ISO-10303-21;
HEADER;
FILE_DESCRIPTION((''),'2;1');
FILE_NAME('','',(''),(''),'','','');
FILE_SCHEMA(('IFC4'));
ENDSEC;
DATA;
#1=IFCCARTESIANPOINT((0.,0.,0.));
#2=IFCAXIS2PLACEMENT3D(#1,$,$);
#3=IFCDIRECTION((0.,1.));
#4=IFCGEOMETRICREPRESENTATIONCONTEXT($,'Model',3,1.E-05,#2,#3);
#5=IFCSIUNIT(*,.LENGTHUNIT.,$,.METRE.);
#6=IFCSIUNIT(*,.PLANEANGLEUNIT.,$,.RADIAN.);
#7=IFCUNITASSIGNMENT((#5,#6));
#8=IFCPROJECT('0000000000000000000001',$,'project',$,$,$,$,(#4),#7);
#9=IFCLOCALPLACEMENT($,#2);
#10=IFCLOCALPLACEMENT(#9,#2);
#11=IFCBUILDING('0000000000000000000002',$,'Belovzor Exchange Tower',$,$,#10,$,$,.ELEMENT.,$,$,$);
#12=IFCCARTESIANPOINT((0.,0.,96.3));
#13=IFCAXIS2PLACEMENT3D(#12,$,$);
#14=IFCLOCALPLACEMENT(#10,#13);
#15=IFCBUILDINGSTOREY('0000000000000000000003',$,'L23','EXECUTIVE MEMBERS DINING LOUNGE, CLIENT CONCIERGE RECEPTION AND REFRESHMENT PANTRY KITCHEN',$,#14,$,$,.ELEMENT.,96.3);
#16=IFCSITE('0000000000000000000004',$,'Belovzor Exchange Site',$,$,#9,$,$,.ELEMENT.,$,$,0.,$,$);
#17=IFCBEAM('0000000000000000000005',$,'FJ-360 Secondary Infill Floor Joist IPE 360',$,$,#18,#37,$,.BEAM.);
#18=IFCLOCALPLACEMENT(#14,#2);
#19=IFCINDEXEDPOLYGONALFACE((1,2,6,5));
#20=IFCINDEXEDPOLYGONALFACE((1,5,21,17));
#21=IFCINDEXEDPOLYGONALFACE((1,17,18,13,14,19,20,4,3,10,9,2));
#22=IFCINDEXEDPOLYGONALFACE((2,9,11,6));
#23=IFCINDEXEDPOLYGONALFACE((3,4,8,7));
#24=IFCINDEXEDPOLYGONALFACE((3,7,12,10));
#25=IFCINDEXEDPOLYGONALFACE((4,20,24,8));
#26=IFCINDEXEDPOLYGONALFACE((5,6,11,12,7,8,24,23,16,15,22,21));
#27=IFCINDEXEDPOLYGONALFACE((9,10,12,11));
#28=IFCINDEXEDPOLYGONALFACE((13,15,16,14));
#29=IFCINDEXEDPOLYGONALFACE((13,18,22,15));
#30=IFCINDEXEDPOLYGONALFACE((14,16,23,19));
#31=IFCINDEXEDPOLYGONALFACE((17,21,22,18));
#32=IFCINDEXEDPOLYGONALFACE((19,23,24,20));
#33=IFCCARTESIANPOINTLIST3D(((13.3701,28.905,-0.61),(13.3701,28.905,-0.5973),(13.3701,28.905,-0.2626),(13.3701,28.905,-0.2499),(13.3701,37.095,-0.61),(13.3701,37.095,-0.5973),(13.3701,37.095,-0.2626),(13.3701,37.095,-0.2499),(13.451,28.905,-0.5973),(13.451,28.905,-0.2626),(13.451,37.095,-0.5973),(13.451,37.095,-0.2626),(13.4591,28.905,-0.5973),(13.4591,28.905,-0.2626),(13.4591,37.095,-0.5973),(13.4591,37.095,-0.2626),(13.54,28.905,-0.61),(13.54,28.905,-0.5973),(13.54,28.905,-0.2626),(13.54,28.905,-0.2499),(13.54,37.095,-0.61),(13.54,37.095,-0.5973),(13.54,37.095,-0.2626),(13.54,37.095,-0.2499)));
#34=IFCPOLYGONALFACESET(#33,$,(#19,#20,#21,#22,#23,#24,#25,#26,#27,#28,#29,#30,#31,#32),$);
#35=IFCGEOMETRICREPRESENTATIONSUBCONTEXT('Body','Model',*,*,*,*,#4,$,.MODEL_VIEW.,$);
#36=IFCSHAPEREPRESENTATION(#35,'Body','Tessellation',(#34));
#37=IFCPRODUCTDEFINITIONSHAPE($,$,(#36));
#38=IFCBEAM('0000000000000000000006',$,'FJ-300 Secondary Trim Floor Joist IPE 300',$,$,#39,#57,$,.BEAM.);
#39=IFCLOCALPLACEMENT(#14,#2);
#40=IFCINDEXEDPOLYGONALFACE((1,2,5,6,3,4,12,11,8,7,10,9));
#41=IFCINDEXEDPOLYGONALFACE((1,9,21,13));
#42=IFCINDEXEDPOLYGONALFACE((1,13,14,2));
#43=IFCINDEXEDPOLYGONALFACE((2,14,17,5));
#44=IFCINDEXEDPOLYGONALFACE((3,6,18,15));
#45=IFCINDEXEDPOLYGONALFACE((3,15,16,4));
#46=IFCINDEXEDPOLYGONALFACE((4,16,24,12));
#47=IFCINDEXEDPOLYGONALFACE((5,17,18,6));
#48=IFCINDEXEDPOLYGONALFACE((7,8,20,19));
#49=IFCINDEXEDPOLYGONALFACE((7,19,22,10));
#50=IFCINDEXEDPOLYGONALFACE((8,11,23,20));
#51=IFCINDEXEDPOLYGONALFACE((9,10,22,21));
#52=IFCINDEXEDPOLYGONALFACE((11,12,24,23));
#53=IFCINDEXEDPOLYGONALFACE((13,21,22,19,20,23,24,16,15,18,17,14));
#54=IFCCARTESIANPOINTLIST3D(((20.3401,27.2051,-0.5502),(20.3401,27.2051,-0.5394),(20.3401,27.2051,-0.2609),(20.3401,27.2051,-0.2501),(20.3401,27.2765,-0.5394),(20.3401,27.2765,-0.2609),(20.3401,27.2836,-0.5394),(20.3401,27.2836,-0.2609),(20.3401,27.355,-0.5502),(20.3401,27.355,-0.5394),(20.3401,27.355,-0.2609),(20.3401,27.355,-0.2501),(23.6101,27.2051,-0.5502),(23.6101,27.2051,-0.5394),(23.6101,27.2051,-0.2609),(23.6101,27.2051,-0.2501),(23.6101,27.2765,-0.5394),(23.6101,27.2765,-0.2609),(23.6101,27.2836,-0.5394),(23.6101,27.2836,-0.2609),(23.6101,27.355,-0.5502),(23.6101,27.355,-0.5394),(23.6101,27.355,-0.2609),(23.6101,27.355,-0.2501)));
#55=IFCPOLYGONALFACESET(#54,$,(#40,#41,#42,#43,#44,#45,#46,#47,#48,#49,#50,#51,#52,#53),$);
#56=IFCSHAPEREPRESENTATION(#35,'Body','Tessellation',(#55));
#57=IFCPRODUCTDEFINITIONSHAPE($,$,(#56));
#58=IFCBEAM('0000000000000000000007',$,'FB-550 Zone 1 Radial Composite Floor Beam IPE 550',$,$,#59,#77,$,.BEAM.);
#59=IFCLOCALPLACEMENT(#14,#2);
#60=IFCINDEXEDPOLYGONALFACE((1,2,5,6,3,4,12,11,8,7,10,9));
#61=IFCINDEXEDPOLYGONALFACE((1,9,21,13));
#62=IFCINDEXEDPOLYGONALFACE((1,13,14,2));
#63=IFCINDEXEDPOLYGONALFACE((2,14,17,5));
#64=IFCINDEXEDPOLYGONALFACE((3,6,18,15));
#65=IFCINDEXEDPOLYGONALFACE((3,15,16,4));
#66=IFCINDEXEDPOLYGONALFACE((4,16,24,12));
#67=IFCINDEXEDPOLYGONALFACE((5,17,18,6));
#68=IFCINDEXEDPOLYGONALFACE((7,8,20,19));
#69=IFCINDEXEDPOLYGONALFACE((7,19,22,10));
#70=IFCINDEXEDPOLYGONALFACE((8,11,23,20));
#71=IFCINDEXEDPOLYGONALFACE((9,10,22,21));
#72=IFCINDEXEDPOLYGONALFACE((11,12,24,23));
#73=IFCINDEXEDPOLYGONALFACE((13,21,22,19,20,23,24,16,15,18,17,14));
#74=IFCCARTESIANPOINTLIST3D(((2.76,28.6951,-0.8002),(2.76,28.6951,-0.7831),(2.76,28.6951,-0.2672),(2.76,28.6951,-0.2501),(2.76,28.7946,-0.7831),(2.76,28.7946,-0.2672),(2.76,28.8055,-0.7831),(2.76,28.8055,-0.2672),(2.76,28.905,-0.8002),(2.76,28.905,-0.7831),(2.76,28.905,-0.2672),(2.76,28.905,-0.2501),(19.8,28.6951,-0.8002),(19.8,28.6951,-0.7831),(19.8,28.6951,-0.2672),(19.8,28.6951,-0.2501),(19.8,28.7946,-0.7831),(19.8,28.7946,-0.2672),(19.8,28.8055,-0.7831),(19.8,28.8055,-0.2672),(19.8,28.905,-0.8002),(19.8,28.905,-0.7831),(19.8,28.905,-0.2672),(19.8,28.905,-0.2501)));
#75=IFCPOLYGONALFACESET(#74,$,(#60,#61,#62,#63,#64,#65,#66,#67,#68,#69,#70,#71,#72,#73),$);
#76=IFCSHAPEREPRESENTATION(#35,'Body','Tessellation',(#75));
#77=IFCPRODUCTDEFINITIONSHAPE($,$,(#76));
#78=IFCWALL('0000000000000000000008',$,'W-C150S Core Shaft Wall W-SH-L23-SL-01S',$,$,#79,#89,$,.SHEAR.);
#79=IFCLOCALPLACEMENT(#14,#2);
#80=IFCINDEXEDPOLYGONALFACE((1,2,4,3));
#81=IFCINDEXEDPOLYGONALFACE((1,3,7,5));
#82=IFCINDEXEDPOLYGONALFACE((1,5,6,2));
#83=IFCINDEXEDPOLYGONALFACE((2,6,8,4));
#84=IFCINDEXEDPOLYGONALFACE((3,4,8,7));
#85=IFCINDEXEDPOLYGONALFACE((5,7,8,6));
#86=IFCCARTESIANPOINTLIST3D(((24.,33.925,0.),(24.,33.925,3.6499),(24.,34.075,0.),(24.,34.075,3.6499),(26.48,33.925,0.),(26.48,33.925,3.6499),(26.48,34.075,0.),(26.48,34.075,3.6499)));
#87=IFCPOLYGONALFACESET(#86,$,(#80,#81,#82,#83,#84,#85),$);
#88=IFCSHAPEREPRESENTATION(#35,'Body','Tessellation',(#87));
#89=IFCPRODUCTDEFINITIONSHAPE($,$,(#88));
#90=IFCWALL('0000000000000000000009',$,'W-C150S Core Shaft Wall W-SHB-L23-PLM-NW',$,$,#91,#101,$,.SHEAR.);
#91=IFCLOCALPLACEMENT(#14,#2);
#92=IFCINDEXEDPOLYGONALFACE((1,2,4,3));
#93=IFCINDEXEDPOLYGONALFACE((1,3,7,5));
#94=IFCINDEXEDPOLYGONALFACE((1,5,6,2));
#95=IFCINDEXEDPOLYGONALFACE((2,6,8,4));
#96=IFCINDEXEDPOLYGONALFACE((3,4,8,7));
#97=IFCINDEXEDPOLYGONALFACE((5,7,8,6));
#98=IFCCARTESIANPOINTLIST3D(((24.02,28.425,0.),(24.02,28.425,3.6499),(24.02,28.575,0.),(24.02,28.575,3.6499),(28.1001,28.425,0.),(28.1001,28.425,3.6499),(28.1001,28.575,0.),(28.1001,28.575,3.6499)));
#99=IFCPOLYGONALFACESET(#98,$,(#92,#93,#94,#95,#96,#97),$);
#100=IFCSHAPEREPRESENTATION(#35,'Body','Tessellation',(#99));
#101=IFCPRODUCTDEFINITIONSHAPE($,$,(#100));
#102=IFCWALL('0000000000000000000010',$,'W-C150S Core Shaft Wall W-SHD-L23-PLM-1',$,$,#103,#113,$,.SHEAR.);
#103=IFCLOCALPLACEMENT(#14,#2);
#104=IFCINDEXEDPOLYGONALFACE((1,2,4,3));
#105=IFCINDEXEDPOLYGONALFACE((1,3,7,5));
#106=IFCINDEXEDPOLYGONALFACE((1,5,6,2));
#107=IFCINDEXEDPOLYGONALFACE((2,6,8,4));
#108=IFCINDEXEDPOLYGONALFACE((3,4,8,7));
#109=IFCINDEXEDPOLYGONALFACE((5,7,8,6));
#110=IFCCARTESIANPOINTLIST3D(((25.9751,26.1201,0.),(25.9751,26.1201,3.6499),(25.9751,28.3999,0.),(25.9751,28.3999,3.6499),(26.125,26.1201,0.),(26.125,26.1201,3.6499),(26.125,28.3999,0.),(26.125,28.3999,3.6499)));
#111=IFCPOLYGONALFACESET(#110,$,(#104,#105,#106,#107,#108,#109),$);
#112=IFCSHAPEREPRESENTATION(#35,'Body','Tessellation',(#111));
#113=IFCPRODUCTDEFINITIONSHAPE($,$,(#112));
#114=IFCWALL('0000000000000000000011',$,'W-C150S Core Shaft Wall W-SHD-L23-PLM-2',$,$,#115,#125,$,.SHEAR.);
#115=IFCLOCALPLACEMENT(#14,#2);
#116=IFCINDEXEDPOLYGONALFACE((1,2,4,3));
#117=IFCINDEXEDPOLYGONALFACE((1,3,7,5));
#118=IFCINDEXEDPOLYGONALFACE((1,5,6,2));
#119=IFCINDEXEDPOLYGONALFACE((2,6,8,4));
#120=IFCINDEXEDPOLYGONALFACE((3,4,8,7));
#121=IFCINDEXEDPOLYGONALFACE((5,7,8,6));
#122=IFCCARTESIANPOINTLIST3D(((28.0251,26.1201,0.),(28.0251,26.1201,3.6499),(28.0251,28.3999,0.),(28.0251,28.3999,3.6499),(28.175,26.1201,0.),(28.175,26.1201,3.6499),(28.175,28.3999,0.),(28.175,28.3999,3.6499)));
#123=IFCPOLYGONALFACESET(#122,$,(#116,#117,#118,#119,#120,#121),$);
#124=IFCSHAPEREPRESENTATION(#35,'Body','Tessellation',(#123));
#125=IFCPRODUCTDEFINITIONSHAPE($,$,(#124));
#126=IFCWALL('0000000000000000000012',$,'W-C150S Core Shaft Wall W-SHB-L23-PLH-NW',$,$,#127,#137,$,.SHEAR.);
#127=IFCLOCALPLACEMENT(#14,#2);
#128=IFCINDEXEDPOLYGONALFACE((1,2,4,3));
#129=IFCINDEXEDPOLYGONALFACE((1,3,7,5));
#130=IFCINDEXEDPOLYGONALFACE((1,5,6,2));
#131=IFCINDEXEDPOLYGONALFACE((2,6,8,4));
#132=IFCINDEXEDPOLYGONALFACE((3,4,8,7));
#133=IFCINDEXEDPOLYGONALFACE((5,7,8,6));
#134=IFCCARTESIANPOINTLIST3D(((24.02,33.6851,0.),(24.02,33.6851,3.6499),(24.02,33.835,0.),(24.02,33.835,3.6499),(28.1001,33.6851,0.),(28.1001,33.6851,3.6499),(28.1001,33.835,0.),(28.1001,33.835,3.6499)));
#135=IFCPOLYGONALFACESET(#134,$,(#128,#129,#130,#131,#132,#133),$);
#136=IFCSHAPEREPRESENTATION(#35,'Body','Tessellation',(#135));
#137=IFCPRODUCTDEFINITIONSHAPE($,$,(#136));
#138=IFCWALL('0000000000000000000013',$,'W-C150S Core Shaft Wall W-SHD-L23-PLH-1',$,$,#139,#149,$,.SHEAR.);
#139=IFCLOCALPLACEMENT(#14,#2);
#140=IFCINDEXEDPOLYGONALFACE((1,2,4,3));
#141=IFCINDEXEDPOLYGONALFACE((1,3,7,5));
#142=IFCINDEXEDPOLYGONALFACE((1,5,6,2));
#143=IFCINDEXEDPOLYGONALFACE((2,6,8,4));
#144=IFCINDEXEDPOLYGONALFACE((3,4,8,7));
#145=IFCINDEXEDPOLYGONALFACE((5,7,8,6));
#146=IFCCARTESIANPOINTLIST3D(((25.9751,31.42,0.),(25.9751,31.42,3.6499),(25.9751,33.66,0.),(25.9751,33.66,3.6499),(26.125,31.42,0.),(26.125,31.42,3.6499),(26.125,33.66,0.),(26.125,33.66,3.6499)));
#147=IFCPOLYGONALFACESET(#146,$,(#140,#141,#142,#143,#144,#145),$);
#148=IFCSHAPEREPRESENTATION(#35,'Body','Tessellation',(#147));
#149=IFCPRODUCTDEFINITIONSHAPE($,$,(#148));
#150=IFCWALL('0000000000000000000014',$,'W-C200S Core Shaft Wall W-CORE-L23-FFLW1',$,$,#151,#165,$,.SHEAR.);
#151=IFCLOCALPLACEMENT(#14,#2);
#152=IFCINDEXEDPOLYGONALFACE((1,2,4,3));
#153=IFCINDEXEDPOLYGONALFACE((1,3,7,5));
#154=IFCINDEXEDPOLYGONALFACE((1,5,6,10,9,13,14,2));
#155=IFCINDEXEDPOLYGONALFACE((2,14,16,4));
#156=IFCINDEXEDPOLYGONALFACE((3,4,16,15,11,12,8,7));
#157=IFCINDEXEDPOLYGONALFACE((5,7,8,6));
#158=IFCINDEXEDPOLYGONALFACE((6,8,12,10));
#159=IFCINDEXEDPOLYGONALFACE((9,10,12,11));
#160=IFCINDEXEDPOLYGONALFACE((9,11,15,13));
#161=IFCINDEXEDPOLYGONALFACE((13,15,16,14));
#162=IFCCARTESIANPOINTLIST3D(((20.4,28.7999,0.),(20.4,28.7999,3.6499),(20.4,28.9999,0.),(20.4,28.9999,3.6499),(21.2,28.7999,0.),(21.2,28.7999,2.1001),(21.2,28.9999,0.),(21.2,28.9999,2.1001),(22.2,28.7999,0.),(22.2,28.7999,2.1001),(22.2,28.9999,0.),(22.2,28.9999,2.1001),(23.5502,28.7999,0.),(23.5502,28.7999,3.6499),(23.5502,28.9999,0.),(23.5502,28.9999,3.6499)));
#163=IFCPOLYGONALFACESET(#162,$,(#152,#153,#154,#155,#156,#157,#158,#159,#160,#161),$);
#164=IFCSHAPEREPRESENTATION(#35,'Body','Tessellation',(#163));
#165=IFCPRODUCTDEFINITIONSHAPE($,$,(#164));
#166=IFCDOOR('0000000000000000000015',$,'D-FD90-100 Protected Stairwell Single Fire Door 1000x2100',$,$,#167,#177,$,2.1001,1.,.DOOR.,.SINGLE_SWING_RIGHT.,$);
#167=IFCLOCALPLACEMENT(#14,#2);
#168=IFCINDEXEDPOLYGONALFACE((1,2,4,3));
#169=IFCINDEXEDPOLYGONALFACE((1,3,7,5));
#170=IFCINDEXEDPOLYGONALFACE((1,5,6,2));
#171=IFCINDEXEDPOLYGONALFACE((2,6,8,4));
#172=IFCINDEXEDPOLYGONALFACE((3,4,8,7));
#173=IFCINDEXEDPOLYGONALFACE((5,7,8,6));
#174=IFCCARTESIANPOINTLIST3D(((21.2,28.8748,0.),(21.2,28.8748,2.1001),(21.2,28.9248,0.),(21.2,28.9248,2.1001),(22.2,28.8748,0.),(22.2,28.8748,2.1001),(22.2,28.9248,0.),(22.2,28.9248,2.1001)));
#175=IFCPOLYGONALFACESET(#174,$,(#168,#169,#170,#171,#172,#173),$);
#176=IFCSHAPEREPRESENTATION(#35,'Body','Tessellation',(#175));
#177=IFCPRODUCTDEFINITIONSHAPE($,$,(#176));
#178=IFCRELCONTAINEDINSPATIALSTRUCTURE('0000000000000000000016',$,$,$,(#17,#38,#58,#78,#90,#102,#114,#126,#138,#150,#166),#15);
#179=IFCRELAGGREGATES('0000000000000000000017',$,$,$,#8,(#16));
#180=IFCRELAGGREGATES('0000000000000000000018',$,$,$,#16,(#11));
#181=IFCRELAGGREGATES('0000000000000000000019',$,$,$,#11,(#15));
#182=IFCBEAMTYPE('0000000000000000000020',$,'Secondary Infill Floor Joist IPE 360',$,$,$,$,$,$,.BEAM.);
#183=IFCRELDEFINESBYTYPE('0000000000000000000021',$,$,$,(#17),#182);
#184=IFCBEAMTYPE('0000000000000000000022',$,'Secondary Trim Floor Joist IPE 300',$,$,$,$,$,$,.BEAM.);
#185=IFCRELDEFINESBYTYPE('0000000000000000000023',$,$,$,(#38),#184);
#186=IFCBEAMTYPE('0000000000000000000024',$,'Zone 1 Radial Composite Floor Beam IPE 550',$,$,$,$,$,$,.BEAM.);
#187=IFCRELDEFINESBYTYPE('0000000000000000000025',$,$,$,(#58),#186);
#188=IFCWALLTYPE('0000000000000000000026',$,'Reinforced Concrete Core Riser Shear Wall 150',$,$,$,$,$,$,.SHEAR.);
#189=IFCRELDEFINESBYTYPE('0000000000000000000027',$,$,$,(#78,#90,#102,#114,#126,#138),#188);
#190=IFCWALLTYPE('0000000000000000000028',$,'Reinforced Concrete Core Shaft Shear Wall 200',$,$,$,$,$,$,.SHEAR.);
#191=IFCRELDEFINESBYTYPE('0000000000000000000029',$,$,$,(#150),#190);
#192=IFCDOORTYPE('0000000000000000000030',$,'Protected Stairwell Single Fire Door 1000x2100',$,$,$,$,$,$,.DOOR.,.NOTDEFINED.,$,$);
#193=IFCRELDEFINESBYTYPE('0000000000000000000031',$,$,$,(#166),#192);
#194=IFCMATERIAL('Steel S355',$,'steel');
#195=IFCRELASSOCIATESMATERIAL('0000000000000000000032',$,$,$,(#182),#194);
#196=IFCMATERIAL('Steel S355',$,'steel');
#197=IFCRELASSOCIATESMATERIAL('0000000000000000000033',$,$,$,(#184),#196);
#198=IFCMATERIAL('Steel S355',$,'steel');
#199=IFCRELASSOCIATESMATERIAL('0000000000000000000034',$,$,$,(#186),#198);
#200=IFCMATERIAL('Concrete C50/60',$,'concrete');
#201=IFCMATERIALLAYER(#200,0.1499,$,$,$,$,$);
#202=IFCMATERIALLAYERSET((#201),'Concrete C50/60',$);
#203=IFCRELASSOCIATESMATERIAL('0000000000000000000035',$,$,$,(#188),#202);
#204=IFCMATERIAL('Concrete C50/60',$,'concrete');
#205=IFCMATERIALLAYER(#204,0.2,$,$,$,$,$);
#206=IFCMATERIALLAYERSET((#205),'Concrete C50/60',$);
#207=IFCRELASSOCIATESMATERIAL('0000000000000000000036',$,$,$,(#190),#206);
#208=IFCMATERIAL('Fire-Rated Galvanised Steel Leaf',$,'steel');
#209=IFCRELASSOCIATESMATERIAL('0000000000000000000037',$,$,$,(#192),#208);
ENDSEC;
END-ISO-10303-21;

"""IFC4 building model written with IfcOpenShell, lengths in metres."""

from ifc_helpers import new_model, si_unit, direction, frame, frame_2d, origin, origin_2d, place, context, subcontext, project, spatial, rectangle, i_section, extrude, material, layer, layer_set, material_profile, profile_set, type_object, element, fill, save


model = new_model("IFC4")

# Units and contexts
model_context = context("Model", 3, precision=1e-05, world=origin(), true_north=direction((0.0, 1.0)))
body_context = subcontext(model_context, "Body", "Model", "MODEL_VIEW")
ifc_project = project(units=[si_unit("LENGTHUNIT", "METRE"), si_unit("PLANEANGLEUNIT", "RADIAN")], contexts=[model_context])

# Site, building, storey
site_placement = place(None, origin())
site = spatial("IfcSite", under=ifc_project, at=site_placement, Name="Belovzor Exchange Site", CompositionType="ELEMENT", RefElevation=0.0)
building_placement = place(site_placement, origin())
building = spatial("IfcBuilding", under=site, at=building_placement, Name="Belovzor Exchange Tower", CompositionType="ELEMENT")
storey_placement = place(building_placement, frame((0.0, 0.0, 96.3)))
storey = spatial("IfcBuildingStorey", under=building, at=storey_placement, Name="L23", Description="EXECUTIVE MEMBERS DINING LOUNGE, CLIENT CONCIERGE RECEPTION AND REFRESHMENT PANTRY KITCHEN", CompositionType="ELEMENT", Elevation=96.3)

# Beams
ifc_material_1 = material(Name="Steel S355", Category="steel")
ifc_material_profile_1 = material_profile(ifc_material_1, i_section(OverallWidth=0.1699, OverallDepth=0.3601, WebThickness=0.0081, FlangeThickness=0.0127, at=origin_2d()))
ifc_profile_set_1 = profile_set([ifc_material_profile_1], Name="Steel S355")
beam_type_1 = type_object("IfcBeamType", Name="Secondary Infill Floor Joist IPE 360", PredefinedType="BEAM", material=ifc_profile_set_1)
beam_1_placement = place(storey_placement, frame((13.4551, 28.905, -0.4299), z_axis=(0.0, 1.0, 0.0), x_axis=(-1.0, 0.0, 0.0)))
element("IfcBeam", 1, at=beam_1_placement, inside=storey, type_object=beam_type_1, Name="FJ-360 Secondary Infill Floor Joist IPE 360", PredefinedType="BEAM", context=body_context, shape_type="SweptSolid", body=[
    extrude(i_section(OverallWidth=0.1699, OverallDepth=0.3601, WebThickness=0.0081, FlangeThickness=0.0127, at=origin_2d()), origin(), (0.0, 0.0, 1.0), 8.1899),
])
ifc_material_2 = material(Name="Steel S355", Category="steel")
ifc_material_profile_2 = material_profile(ifc_material_2, i_section(OverallWidth=0.1499, OverallDepth=0.3, WebThickness=0.0071, FlangeThickness=0.0107, at=origin_2d()))
ifc_profile_set_2 = profile_set([ifc_material_profile_2], Name="Steel S355")
beam_type_2 = type_object("IfcBeamType", Name="Secondary Trim Floor Joist IPE 300", PredefinedType="BEAM", material=ifc_profile_set_2)
beam_2_placement = place(storey_placement, frame((20.3401, 27.28, -0.4001), z_axis=(1.0, 0.0, 0.0), x_axis=(0.0, 1.0, 0.0)))
element("IfcBeam", 2, at=beam_2_placement, inside=storey, type_object=beam_type_2, Name="FJ-300 Secondary Trim Floor Joist IPE 300", PredefinedType="BEAM", context=body_context, shape_type="SweptSolid", body=[
    extrude(i_section(OverallWidth=0.1499, OverallDepth=0.3, WebThickness=0.0071, FlangeThickness=0.0107, at=origin_2d()), origin(), (0.0, 0.0, 1.0), 3.27),
])
ifc_material_3 = material(Name="Steel S355", Category="steel")
ifc_material_profile_3 = material_profile(ifc_material_3, i_section(OverallWidth=0.21, OverallDepth=0.55, WebThickness=0.011, FlangeThickness=0.0171, at=origin_2d()))
ifc_profile_set_3 = profile_set([ifc_material_profile_3], Name="Steel S355")
beam_type_3 = type_object("IfcBeamType", Name="Zone 1 Radial Composite Floor Beam IPE 550", PredefinedType="BEAM", material=ifc_profile_set_3)
beam_3_placement = place(storey_placement, frame((19.8, 28.8, -0.5251), z_axis=(-1.0, 0.0, 0.0), x_axis=(0.0, -1.0, 0.0)))
element("IfcBeam", 3, at=beam_3_placement, inside=storey, type_object=beam_type_3, Name="FB-550 Zone 1 Radial Composite Floor Beam IPE 550", PredefinedType="BEAM", context=body_context, shape_type="SweptSolid", body=[
    extrude(i_section(OverallWidth=0.21, OverallDepth=0.55, WebThickness=0.011, FlangeThickness=0.0171, at=origin_2d()), origin(), (0.0, 0.0, 1.0), 17.04),
])

# Walls
ifc_material_4 = material(Name="Concrete C50/60", Category="concrete")
ifc_layer_1 = layer(ifc_material_4, 0.1499)
ifc_layer_set_1 = layer_set([ifc_layer_1], Name="Concrete C50/60")
wall_type_1 = type_object("IfcWallType", Name="Reinforced Concrete Core Riser Shear Wall 150", PredefinedType="SHEAR", material=ifc_layer_set_1)
wall_1_placement = place(storey_placement, frame((24.0, 34.0, 0.0), z_axis=(0.0, 0.0, 1.0), x_axis=(1.0, 0.0, 0.0)))
element("IfcWall", 4, at=wall_1_placement, inside=storey, type_object=wall_type_1, Name="W-C150S Core Shaft Wall W-SH-L23-SL-01S", PredefinedType="SHEAR", context=body_context, shape_type="SweptSolid", body=[
    extrude(rectangle(XDim=2.48, YDim=0.1499, at=frame_2d((1.24, 0.0))), origin(), (0.0, 0.0, 1.0), 3.6499),
])
wall_2_placement = place(storey_placement, frame((24.02, 28.5, 0.0), z_axis=(0.0, 0.0, 1.0), x_axis=(1.0, 0.0, 0.0)))
element("IfcWall", 5, at=wall_2_placement, inside=storey, type_object=wall_type_1, Name="W-C150S Core Shaft Wall W-SHB-L23-PLM-NW", PredefinedType="SHEAR", context=body_context, shape_type="SweptSolid", body=[
    extrude(rectangle(XDim=4.0801, YDim=0.1499, at=frame_2d((2.04, 0.0))), origin(), (0.0, 0.0, 1.0), 3.6499),
])
for number, where, z_axis, x_axis, name in (
    (6, (26.05, 26.1201, 0.0), (0.0, 0.0, 1.0), (0.0, 1.0, 0.0), "W-C150S Core Shaft Wall W-SHD-L23-PLM-1"),
    (7, (28.1001, 26.1201, 0.0), (0.0, 0.0, 1.0), (0.0, 1.0, 0.0), "W-C150S Core Shaft Wall W-SHD-L23-PLM-2"),
):
    element("IfcWall", number, at=place(storey_placement, frame(where, z_axis=z_axis, x_axis=x_axis)), inside=storey, type_object=wall_type_1, Name=name, PredefinedType="SHEAR", context=body_context, shape_type="SweptSolid", body=[
        extrude(rectangle(XDim=2.2798, YDim=0.1499, at=frame_2d((1.1399, 0.0))), origin(), (0.0, 0.0, 1.0), 3.6499),
    ])
wall_3_placement = place(storey_placement, frame((24.02, 33.76, 0.0), z_axis=(0.0, 0.0, 1.0), x_axis=(1.0, 0.0, 0.0)))
element("IfcWall", 8, at=wall_3_placement, inside=storey, type_object=wall_type_1, Name="W-C150S Core Shaft Wall W-SHB-L23-PLH-NW", PredefinedType="SHEAR", context=body_context, shape_type="SweptSolid", body=[
    extrude(rectangle(XDim=4.0801, YDim=0.1499, at=frame_2d((2.04, 0.0))), origin(), (0.0, 0.0, 1.0), 3.6499),
])
wall_4_placement = place(storey_placement, frame((26.05, 31.4199, 0.0), z_axis=(0.0, 0.0, 1.0), x_axis=(0.0, 1.0, 0.0)))
element("IfcWall", 9, at=wall_4_placement, inside=storey, type_object=wall_type_1, Name="W-C150S Core Shaft Wall W-SHD-L23-PLH-1", PredefinedType="SHEAR", context=body_context, shape_type="SweptSolid", body=[
    extrude(rectangle(XDim=2.24, YDim=0.1499, at=frame_2d((1.1201, 0.0))), origin(), (0.0, 0.0, 1.0), 3.6499),
])

# Wall, opening, door
ifc_material_5 = material(Name="Concrete C50/60", Category="concrete")
ifc_layer_2 = layer(ifc_material_5, 0.2)
ifc_layer_set_2 = layer_set([ifc_layer_2], Name="Concrete C50/60")
wall_type_2 = type_object("IfcWallType", Name="Reinforced Concrete Core Shaft Shear Wall 200", PredefinedType="SHEAR", material=ifc_layer_set_2)
wall_5_placement = place(storey_placement, frame((20.3999, 28.8999, 0.0), z_axis=(0.0, 0.0, 1.0), x_axis=(1.0, 0.0, 0.0)))
wall_5 = element("IfcWall", 10, at=wall_5_placement, inside=storey, type_object=wall_type_2, Name="W-C200S Core Shaft Wall W-CORE-L23-FFLW1", PredefinedType="SHEAR", context=body_context, shape_type="SweptSolid", body=[
    extrude(rectangle(XDim=3.1501, YDim=0.2, at=frame_2d((1.5752, 0.0))), origin(), (0.0, 0.0, 1.0), 3.6499),
])
opening_1_placement = place(wall_5_placement, frame((0.8, 0.0, 0.0)))
opening_1 = element("IfcOpeningElement", 11, at=opening_1_placement, cuts=wall_5, PredefinedType="OPENING", context=body_context, shape_type="SweptSolid", body=[
    extrude(rectangle(XDim=1.0, YDim=2.1001, at=frame_2d((0.5, 1.05))), frame((0.0, 0.1099, 0.0), z_axis=(0.0, -1.0, 0.0), x_axis=(1.0, 0.0, 0.0)), (0.0, 0.0, 1.0), 0.22),
])
ifc_material_6 = material(Name="Fire-Rated Galvanised Steel Leaf", Category="steel")
door_type_1 = type_object("IfcDoorType", Name="Protected Stairwell Single Fire Door 1000x2100", OperationType="NOTDEFINED", PredefinedType="DOOR", material=ifc_material_6)
door_1_placement = place(opening_1_placement, origin())
door_1 = element("IfcDoor", 12, at=door_1_placement, inside=storey, type_object=door_type_1, Name="D-FD90-100 Protected Stairwell Single Fire Door 1000x2100", OperationType="SINGLE_SWING_RIGHT", OverallHeight=2.1001, OverallWidth=1.0, PredefinedType="DOOR", context=body_context, shape_type="SweptSolid", body=[
    extrude(rectangle(XDim=1.0, YDim=2.1001, at=frame_2d((0.5, 1.05))), frame((0.0, 0.0249, 0.0), z_axis=(0.0, -1.0, 0.0), x_axis=(1.0, 0.0, 0.0)), (0.0, 0.0, 1.0), 0.05),
])
fill(opening_1, door_1)

save(model, "model.ifc")
